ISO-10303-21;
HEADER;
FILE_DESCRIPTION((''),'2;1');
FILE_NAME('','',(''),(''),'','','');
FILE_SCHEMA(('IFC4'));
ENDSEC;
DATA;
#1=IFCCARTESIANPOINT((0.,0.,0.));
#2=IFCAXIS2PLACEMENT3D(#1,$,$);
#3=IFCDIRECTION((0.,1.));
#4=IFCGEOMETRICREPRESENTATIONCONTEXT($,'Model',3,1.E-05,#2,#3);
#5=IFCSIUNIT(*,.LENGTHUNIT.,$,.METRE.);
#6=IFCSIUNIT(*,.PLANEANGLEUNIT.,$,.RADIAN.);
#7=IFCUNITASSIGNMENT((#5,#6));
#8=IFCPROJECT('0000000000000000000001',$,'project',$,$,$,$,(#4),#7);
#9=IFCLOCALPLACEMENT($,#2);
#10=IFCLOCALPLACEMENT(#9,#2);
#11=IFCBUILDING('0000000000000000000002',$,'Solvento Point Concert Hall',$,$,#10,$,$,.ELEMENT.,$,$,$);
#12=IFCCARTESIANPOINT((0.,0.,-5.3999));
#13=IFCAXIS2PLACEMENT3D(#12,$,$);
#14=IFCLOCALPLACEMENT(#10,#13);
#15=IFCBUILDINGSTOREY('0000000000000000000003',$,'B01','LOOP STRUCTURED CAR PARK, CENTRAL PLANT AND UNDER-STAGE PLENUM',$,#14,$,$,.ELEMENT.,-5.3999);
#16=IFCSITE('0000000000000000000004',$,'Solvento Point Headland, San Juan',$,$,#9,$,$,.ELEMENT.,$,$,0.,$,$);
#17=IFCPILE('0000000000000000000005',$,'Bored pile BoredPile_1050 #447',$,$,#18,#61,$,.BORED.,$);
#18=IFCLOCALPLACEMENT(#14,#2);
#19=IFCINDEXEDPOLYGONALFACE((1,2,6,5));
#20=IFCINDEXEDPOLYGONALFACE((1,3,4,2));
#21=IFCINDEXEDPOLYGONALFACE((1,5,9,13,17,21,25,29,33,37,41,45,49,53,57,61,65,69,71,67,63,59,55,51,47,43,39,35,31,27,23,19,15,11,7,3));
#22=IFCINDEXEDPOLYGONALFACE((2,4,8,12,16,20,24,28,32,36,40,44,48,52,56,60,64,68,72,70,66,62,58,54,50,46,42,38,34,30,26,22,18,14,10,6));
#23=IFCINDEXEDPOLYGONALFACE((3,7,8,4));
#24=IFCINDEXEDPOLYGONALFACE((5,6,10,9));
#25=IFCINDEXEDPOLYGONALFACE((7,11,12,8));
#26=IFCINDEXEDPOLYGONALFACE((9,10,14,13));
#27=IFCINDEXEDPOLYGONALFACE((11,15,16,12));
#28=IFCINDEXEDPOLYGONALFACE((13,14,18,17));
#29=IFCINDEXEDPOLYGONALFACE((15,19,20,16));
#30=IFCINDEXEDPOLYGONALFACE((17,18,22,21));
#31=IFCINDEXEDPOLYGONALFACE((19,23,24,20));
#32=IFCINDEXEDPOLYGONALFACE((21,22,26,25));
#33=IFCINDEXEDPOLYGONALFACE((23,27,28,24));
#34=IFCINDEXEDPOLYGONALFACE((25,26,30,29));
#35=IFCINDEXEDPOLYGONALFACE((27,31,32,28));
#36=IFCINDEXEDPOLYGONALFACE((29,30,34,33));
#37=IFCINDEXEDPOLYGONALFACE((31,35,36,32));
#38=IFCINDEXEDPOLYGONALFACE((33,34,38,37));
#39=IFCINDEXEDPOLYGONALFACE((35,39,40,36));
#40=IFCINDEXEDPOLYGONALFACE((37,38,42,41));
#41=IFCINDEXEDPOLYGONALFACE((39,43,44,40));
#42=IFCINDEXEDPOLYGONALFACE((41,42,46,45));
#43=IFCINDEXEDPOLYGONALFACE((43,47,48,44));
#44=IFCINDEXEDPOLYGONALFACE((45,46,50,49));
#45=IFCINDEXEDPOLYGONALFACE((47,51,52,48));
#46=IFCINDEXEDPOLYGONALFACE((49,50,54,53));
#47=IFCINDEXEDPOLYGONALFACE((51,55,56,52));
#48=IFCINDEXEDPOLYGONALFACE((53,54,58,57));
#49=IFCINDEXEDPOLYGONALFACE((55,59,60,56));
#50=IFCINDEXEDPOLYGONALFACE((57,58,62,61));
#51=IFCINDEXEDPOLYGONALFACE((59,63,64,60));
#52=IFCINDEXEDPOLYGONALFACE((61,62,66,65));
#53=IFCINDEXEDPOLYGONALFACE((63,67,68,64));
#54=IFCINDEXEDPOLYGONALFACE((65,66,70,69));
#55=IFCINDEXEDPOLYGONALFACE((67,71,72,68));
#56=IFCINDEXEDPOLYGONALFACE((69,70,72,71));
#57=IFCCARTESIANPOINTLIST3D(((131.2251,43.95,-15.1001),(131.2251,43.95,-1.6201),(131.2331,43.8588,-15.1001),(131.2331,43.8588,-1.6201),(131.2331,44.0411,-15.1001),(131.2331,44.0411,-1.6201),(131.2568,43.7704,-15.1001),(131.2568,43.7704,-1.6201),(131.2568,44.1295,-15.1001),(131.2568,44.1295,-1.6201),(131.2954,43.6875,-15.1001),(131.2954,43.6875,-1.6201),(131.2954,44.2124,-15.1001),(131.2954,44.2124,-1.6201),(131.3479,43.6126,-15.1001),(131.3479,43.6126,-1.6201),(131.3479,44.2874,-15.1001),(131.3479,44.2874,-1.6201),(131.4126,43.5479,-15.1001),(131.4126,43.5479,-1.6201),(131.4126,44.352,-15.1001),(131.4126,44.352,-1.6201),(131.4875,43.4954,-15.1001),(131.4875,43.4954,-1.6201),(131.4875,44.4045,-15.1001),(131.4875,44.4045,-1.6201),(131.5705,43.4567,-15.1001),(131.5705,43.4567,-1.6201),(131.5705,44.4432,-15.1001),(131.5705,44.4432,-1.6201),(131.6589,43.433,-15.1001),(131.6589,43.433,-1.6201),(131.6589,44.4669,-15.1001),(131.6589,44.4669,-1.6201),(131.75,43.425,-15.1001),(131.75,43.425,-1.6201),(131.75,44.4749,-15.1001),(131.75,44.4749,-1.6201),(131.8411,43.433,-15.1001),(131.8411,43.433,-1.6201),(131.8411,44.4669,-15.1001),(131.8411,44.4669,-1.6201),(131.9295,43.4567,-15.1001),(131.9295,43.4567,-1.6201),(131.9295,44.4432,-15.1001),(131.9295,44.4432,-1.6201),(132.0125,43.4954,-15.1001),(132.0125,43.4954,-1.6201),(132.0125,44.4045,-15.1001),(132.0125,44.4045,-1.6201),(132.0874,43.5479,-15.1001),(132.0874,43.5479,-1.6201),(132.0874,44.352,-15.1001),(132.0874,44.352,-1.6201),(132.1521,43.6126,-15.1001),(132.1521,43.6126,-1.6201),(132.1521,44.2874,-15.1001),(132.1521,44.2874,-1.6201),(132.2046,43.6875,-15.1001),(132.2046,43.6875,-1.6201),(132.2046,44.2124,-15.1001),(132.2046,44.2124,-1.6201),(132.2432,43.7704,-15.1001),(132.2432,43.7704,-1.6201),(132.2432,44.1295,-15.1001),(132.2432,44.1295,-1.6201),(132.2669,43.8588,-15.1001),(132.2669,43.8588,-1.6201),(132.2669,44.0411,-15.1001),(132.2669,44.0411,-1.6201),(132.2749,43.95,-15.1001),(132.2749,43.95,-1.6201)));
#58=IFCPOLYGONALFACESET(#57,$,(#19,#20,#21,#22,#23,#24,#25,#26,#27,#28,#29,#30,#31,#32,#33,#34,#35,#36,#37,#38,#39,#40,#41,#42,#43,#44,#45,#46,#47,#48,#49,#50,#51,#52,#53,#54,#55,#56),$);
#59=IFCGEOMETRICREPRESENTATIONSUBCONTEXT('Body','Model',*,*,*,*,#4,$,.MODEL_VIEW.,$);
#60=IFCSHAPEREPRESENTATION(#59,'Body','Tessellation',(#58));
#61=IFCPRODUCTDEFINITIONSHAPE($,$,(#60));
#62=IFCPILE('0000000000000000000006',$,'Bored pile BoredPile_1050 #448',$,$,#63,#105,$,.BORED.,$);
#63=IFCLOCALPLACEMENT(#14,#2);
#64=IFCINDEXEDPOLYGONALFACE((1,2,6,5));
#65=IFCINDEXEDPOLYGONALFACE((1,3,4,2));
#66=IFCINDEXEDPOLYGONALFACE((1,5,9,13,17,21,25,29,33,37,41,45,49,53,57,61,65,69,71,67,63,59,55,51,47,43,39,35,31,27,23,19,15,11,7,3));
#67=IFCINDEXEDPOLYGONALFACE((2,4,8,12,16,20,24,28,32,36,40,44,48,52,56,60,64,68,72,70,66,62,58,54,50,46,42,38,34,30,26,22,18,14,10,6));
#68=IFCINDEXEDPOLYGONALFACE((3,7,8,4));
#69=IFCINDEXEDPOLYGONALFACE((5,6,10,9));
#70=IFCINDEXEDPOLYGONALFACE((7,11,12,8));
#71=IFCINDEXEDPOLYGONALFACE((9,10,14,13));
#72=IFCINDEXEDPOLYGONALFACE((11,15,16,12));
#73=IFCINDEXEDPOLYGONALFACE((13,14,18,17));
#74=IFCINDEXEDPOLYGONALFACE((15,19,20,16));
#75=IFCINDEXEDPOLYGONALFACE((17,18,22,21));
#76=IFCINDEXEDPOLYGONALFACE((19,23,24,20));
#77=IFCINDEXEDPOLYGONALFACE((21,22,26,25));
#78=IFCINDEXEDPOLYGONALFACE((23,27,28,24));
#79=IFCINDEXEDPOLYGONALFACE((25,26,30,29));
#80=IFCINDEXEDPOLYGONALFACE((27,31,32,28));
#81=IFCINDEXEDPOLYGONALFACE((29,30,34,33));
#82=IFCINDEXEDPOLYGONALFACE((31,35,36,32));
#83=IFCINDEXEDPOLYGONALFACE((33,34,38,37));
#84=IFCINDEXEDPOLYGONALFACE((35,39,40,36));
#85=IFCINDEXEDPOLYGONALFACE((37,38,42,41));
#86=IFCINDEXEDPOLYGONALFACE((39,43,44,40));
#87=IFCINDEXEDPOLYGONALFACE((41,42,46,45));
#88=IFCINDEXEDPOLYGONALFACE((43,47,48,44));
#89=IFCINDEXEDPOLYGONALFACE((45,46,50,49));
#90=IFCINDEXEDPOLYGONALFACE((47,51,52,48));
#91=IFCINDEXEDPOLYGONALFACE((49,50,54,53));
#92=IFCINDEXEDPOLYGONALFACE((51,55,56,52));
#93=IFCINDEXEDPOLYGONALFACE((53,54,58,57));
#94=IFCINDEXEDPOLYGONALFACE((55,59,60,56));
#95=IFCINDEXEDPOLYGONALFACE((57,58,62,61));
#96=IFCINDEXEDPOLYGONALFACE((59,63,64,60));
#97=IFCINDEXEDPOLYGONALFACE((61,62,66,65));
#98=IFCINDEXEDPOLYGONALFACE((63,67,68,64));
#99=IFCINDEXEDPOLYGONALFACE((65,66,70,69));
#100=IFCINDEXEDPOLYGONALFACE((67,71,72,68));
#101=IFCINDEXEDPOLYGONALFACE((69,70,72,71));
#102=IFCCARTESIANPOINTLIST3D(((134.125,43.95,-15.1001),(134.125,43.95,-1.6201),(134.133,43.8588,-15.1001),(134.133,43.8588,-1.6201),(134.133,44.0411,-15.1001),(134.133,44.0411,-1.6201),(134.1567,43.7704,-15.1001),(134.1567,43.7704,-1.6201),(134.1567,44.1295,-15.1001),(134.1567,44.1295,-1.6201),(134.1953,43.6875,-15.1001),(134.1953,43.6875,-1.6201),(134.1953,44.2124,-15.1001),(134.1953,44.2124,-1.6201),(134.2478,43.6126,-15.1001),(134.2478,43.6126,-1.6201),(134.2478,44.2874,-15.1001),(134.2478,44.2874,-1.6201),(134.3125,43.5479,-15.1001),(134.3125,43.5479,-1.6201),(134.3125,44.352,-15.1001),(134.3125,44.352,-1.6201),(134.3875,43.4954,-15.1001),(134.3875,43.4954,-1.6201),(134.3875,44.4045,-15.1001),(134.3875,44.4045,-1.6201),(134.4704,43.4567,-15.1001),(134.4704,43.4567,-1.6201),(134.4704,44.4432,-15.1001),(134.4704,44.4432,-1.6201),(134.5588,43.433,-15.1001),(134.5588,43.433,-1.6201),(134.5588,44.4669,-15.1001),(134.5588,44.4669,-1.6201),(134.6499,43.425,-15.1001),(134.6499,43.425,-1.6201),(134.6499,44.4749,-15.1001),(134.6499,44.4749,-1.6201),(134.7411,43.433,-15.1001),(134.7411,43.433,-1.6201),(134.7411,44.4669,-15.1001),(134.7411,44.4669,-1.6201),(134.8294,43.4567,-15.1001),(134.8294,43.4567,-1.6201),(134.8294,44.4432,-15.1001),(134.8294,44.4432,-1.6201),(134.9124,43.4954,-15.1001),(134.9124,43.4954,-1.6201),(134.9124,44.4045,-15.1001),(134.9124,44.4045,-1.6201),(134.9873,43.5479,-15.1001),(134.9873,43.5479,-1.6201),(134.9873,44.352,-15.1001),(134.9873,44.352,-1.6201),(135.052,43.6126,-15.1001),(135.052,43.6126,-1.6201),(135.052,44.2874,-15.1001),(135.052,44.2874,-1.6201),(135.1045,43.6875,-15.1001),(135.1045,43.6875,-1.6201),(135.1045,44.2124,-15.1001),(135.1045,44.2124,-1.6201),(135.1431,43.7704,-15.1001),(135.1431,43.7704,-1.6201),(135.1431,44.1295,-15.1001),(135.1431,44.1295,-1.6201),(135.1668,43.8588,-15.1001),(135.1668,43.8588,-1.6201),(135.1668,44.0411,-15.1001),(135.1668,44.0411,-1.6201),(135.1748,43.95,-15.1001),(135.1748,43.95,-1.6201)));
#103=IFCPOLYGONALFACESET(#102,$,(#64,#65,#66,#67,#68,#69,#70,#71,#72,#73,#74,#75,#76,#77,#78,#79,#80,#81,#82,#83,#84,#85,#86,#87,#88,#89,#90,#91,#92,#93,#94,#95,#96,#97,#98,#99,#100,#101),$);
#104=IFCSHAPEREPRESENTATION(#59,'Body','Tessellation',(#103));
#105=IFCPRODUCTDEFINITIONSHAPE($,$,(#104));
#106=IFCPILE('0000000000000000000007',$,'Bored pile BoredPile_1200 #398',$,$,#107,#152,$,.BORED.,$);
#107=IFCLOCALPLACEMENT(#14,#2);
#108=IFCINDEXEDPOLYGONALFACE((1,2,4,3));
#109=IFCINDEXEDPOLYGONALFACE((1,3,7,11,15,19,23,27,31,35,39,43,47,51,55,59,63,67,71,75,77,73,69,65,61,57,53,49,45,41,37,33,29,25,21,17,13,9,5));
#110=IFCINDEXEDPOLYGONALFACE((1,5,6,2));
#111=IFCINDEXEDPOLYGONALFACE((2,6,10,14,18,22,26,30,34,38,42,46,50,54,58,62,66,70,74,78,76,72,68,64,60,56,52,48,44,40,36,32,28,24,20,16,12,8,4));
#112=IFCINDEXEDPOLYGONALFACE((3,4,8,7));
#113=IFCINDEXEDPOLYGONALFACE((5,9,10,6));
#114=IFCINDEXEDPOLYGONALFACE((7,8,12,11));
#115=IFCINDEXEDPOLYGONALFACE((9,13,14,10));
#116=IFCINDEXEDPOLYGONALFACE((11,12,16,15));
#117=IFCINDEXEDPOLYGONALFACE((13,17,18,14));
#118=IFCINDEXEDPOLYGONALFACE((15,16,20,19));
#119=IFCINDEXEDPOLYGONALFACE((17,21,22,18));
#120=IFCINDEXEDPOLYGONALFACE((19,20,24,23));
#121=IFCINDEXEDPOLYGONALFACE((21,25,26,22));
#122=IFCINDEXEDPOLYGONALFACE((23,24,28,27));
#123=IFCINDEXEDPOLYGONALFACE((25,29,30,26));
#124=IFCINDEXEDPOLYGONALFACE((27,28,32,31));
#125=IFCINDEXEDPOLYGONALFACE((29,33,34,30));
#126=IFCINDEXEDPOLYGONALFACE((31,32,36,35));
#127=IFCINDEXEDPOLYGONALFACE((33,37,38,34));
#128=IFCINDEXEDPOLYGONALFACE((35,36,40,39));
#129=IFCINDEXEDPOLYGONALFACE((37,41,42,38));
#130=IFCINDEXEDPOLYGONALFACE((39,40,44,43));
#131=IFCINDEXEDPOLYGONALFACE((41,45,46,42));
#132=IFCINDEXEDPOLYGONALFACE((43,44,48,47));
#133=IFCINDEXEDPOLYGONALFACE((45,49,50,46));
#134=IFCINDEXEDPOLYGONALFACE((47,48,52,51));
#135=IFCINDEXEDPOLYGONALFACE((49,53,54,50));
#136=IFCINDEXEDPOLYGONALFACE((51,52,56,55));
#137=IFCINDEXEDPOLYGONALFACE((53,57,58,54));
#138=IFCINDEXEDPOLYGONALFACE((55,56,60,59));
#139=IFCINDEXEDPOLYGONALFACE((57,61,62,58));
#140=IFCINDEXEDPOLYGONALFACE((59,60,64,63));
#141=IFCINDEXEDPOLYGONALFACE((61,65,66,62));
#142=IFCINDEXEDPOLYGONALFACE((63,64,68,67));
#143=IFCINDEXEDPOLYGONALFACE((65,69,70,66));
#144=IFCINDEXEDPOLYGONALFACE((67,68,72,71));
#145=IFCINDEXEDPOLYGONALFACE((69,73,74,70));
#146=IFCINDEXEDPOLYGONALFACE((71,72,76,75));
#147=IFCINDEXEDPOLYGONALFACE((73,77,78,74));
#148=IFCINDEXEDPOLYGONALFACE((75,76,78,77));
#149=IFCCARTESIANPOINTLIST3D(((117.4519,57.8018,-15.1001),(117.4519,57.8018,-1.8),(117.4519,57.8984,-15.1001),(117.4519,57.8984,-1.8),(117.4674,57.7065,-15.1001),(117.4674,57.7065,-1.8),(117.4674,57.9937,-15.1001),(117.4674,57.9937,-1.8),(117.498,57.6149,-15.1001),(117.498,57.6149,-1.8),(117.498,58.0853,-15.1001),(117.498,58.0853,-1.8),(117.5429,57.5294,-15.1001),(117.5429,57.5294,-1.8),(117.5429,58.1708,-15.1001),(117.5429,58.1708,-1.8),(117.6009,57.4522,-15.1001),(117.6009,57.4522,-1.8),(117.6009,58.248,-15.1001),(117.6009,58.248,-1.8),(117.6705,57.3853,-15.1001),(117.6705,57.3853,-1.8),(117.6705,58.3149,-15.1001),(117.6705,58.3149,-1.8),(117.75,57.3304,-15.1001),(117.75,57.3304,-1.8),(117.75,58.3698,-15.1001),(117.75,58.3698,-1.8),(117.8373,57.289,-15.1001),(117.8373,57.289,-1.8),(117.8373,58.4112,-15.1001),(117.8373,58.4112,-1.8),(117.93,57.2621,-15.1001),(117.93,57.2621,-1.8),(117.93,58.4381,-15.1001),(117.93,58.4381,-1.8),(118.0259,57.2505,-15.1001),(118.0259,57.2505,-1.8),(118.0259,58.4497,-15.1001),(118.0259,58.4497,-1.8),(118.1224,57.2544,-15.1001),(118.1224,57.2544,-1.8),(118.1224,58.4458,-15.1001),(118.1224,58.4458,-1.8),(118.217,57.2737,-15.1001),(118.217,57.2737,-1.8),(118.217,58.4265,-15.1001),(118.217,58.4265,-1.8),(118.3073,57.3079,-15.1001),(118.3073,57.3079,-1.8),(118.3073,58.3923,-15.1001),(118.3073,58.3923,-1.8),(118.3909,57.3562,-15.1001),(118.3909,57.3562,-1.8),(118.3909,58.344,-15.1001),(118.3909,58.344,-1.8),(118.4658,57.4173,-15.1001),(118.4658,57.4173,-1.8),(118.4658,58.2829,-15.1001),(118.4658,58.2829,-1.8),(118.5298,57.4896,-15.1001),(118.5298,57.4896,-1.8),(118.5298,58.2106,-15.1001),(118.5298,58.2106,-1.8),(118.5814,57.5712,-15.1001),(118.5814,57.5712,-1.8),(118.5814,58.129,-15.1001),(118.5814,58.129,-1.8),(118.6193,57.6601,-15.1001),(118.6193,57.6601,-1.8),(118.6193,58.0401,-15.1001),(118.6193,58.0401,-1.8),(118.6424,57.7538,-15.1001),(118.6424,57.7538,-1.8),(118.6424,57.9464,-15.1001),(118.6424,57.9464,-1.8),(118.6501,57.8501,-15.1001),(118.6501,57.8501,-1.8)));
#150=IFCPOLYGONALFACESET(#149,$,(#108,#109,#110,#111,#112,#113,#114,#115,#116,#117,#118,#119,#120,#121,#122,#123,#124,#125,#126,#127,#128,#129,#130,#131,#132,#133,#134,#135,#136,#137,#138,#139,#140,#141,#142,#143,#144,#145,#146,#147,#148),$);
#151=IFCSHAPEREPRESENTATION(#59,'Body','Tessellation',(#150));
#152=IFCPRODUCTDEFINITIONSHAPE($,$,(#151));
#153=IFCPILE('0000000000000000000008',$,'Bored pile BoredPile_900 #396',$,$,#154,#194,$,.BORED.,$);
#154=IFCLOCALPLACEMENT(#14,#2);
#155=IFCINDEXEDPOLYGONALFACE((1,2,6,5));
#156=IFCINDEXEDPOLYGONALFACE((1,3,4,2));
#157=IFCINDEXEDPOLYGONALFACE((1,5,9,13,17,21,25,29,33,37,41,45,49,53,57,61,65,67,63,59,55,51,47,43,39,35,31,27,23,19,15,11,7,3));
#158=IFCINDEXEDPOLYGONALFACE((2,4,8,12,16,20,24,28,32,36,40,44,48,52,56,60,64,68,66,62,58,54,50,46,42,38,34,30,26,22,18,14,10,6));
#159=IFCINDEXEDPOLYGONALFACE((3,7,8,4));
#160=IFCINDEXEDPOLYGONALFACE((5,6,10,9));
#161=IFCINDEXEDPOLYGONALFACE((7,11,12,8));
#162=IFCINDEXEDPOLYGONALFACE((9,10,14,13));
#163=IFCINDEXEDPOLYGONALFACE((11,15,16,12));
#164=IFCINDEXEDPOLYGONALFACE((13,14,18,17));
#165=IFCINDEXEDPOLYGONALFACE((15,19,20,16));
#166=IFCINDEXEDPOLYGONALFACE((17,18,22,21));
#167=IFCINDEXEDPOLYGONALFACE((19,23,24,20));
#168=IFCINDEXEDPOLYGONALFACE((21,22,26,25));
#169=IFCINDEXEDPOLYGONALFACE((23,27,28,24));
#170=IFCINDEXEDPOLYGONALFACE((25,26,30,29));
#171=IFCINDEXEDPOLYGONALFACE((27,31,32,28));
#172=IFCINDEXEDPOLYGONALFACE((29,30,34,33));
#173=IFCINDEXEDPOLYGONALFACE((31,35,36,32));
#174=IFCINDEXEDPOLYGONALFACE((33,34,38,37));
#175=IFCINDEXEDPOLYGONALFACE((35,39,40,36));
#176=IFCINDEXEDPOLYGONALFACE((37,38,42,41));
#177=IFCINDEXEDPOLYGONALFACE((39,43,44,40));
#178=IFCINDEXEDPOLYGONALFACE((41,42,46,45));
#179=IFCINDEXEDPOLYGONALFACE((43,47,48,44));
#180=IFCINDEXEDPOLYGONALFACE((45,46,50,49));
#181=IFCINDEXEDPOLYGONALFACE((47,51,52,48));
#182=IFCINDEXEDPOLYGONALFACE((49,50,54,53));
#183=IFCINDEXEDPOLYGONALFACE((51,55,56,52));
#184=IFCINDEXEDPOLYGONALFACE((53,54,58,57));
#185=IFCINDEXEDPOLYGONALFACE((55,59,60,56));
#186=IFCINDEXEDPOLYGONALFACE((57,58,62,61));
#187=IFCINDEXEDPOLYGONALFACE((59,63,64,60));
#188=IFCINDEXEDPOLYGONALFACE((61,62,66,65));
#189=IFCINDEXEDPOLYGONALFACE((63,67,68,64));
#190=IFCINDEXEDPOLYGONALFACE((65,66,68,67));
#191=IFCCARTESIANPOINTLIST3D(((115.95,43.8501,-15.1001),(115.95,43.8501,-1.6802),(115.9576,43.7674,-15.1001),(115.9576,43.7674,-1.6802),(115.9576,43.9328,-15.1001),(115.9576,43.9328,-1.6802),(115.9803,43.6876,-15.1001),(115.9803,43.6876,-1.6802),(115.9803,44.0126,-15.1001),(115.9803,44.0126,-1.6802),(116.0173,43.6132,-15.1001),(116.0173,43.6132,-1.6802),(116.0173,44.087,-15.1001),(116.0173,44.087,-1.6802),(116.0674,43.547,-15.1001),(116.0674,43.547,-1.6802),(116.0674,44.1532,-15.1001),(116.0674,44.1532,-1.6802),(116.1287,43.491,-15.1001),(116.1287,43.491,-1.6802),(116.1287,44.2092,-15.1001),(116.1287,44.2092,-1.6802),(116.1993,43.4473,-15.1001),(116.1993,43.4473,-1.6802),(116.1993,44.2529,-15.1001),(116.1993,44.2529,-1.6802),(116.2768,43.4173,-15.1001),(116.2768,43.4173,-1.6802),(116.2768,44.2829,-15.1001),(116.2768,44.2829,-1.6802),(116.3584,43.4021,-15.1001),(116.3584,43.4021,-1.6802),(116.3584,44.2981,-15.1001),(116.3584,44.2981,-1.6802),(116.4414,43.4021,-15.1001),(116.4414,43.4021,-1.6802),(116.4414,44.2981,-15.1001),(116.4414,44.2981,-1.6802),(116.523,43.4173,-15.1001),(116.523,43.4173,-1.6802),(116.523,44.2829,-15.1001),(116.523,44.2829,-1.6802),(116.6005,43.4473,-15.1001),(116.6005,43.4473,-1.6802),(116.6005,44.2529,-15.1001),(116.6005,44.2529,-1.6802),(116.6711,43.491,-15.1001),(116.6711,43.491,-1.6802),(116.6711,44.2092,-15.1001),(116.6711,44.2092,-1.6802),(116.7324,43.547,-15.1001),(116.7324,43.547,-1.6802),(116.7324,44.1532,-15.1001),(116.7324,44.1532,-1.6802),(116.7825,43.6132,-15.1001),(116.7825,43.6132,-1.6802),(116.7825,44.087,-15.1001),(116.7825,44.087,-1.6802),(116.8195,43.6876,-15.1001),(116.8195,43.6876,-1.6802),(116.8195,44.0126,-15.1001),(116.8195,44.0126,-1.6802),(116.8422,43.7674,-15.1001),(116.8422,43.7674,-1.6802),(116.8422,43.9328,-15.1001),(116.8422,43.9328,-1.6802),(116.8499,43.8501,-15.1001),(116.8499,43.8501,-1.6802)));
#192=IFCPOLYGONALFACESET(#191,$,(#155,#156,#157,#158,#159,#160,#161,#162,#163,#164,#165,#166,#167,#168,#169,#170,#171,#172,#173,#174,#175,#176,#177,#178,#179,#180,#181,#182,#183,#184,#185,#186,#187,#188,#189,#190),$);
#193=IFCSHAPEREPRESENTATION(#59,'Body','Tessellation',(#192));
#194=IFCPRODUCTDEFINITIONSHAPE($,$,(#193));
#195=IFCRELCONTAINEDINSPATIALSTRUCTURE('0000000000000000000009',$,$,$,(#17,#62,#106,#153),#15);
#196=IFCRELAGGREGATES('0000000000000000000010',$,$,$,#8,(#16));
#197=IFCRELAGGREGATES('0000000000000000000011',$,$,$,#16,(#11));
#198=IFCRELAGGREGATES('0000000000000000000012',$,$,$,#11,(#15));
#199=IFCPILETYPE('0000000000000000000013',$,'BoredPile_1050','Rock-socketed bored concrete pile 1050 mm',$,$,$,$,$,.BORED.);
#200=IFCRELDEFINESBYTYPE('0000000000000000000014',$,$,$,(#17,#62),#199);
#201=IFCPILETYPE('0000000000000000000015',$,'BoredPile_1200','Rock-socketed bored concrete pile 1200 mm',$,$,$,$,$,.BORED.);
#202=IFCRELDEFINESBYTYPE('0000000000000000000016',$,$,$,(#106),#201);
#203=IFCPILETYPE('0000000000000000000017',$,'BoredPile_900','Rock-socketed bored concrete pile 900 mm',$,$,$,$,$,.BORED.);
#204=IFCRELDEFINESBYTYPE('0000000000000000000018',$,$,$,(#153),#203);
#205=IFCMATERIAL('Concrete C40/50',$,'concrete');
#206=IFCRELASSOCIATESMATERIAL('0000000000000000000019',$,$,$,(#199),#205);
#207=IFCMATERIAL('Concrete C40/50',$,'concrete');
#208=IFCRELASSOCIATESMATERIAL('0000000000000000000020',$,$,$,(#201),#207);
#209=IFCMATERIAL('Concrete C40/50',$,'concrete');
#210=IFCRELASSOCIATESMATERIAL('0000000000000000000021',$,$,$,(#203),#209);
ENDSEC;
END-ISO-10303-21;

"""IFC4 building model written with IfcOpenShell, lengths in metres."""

from ifc_helpers import new_model, si_unit, direction, frame, origin, origin_2d, place, context, subcontext, project, spatial, circle, extrude, material, material_profile, profile_set, type_object, element, save


model = new_model("IFC4")

# Units and contexts
model_context = context("Model", 3, precision=1e-05, world=origin(), true_north=direction((0.0, 1.0)))
body_context = subcontext(model_context, "Body", "Model", "MODEL_VIEW")
ifc_project = project(units=[si_unit("LENGTHUNIT", "METRE"), si_unit("PLANEANGLEUNIT", "RADIAN")], contexts=[model_context])

# Site, building, storey
site_placement = place(None, origin())
site = spatial("IfcSite", under=ifc_project, at=site_placement, Name="Solvento Point Headland, San Juan", CompositionType="ELEMENT", RefElevation=0.0)
building_placement = place(site_placement, origin())
building = spatial("IfcBuilding", under=site, at=building_placement, Name="Solvento Point Concert Hall", CompositionType="ELEMENT")
storey_placement = place(building_placement, frame((0.0, 0.0, -5.3999)))
storey = spatial("IfcBuildingStorey", under=building, at=storey_placement, Name="B01", Description="LOOP STRUCTURED CAR PARK, CENTRAL PLANT AND UNDER-STAGE PLENUM", CompositionType="ELEMENT", Elevation=-5.3999)

# Piles
ifc_material_1 = material(Name="Concrete C40/50", Category="concrete")
ifc_material_profile_1 = material_profile(ifc_material_1, circle(Radius=0.5249, at=origin_2d()), Name="BP-1050")
ifc_profile_set_1 = profile_set([ifc_material_profile_1], Name="Concrete C40/50")
pile_type_1 = type_object("IfcPileType", Name="BoredPile_1050", Description="Rock-socketed bored concrete pile 1050 mm", PredefinedType="BORED", material=ifc_profile_set_1)
for number, where, z_axis, x_axis, name in (
    (1, (131.75, 43.95, -1.6201), (0.0, 0.0, -1.0), (1.0, 0.0, 0.0), "Bored pile BoredPile_1050 #447"),
    (2, (134.6499, 43.95, -1.6201), (0.0, 0.0, -1.0), (1.0, 0.0, 0.0), "Bored pile BoredPile_1050 #448"),
):
    element("IfcPile", number, at=place(storey_placement, frame(where, z_axis=z_axis, x_axis=x_axis)), inside=storey, type_object=pile_type_1, Name=name, PredefinedType="BORED", context=body_context, shape_type="SweptSolid", body=[
        extrude(circle(Radius=0.5249, at=origin_2d()), origin(), (0.0, 0.0, 1.0), 13.48),
    ])
ifc_material_2 = material(Name="Concrete C40/50", Category="concrete")
ifc_material_profile_2 = material_profile(ifc_material_2, circle(Radius=0.6001, at=origin_2d()), Name="BP-1200")
ifc_profile_set_2 = profile_set([ifc_material_profile_2], Name="Concrete C40/50")
pile_type_2 = type_object("IfcPileType", Name="BoredPile_1200", Description="Rock-socketed bored concrete pile 1200 mm", PredefinedType="BORED", material=ifc_profile_set_2)
pile_1_placement = place(storey_placement, frame((118.05, 57.8501, -1.8), z_axis=(0.0, 0.0, -1.0), x_axis=(1.0, 0.0, 0.0)))
element("IfcPile", 3, at=pile_1_placement, inside=storey, type_object=pile_type_2, Name="Bored pile BoredPile_1200 #398", PredefinedType="BORED", context=body_context, shape_type="SweptSolid", body=[
    extrude(circle(Radius=0.6001, at=origin_2d()), origin(), (0.0, 0.0, 1.0), 13.3),
])
ifc_material_3 = material(Name="Concrete C40/50", Category="concrete")
ifc_material_profile_3 = material_profile(ifc_material_3, circle(Radius=0.45, at=origin_2d()), Name="BP-900")
ifc_profile_set_3 = profile_set([ifc_material_profile_3], Name="Concrete C40/50")
pile_type_3 = type_object("IfcPileType", Name="BoredPile_900", Description="Rock-socketed bored concrete pile 900 mm", PredefinedType="BORED", material=ifc_profile_set_3)
pile_2_placement = place(storey_placement, frame((116.3999, 43.8501, -1.6802), z_axis=(0.0, 0.0, -1.0), x_axis=(1.0, 0.0, 0.0)))
element("IfcPile", 4, at=pile_2_placement, inside=storey, type_object=pile_type_3, Name="Bored pile BoredPile_900 #396", PredefinedType="BORED", context=body_context, shape_type="SweptSolid", body=[
    extrude(circle(Radius=0.45, at=origin_2d()), origin(), (0.0, 0.0, 1.0), 13.4199),
])

save(model, "model.ifc")
